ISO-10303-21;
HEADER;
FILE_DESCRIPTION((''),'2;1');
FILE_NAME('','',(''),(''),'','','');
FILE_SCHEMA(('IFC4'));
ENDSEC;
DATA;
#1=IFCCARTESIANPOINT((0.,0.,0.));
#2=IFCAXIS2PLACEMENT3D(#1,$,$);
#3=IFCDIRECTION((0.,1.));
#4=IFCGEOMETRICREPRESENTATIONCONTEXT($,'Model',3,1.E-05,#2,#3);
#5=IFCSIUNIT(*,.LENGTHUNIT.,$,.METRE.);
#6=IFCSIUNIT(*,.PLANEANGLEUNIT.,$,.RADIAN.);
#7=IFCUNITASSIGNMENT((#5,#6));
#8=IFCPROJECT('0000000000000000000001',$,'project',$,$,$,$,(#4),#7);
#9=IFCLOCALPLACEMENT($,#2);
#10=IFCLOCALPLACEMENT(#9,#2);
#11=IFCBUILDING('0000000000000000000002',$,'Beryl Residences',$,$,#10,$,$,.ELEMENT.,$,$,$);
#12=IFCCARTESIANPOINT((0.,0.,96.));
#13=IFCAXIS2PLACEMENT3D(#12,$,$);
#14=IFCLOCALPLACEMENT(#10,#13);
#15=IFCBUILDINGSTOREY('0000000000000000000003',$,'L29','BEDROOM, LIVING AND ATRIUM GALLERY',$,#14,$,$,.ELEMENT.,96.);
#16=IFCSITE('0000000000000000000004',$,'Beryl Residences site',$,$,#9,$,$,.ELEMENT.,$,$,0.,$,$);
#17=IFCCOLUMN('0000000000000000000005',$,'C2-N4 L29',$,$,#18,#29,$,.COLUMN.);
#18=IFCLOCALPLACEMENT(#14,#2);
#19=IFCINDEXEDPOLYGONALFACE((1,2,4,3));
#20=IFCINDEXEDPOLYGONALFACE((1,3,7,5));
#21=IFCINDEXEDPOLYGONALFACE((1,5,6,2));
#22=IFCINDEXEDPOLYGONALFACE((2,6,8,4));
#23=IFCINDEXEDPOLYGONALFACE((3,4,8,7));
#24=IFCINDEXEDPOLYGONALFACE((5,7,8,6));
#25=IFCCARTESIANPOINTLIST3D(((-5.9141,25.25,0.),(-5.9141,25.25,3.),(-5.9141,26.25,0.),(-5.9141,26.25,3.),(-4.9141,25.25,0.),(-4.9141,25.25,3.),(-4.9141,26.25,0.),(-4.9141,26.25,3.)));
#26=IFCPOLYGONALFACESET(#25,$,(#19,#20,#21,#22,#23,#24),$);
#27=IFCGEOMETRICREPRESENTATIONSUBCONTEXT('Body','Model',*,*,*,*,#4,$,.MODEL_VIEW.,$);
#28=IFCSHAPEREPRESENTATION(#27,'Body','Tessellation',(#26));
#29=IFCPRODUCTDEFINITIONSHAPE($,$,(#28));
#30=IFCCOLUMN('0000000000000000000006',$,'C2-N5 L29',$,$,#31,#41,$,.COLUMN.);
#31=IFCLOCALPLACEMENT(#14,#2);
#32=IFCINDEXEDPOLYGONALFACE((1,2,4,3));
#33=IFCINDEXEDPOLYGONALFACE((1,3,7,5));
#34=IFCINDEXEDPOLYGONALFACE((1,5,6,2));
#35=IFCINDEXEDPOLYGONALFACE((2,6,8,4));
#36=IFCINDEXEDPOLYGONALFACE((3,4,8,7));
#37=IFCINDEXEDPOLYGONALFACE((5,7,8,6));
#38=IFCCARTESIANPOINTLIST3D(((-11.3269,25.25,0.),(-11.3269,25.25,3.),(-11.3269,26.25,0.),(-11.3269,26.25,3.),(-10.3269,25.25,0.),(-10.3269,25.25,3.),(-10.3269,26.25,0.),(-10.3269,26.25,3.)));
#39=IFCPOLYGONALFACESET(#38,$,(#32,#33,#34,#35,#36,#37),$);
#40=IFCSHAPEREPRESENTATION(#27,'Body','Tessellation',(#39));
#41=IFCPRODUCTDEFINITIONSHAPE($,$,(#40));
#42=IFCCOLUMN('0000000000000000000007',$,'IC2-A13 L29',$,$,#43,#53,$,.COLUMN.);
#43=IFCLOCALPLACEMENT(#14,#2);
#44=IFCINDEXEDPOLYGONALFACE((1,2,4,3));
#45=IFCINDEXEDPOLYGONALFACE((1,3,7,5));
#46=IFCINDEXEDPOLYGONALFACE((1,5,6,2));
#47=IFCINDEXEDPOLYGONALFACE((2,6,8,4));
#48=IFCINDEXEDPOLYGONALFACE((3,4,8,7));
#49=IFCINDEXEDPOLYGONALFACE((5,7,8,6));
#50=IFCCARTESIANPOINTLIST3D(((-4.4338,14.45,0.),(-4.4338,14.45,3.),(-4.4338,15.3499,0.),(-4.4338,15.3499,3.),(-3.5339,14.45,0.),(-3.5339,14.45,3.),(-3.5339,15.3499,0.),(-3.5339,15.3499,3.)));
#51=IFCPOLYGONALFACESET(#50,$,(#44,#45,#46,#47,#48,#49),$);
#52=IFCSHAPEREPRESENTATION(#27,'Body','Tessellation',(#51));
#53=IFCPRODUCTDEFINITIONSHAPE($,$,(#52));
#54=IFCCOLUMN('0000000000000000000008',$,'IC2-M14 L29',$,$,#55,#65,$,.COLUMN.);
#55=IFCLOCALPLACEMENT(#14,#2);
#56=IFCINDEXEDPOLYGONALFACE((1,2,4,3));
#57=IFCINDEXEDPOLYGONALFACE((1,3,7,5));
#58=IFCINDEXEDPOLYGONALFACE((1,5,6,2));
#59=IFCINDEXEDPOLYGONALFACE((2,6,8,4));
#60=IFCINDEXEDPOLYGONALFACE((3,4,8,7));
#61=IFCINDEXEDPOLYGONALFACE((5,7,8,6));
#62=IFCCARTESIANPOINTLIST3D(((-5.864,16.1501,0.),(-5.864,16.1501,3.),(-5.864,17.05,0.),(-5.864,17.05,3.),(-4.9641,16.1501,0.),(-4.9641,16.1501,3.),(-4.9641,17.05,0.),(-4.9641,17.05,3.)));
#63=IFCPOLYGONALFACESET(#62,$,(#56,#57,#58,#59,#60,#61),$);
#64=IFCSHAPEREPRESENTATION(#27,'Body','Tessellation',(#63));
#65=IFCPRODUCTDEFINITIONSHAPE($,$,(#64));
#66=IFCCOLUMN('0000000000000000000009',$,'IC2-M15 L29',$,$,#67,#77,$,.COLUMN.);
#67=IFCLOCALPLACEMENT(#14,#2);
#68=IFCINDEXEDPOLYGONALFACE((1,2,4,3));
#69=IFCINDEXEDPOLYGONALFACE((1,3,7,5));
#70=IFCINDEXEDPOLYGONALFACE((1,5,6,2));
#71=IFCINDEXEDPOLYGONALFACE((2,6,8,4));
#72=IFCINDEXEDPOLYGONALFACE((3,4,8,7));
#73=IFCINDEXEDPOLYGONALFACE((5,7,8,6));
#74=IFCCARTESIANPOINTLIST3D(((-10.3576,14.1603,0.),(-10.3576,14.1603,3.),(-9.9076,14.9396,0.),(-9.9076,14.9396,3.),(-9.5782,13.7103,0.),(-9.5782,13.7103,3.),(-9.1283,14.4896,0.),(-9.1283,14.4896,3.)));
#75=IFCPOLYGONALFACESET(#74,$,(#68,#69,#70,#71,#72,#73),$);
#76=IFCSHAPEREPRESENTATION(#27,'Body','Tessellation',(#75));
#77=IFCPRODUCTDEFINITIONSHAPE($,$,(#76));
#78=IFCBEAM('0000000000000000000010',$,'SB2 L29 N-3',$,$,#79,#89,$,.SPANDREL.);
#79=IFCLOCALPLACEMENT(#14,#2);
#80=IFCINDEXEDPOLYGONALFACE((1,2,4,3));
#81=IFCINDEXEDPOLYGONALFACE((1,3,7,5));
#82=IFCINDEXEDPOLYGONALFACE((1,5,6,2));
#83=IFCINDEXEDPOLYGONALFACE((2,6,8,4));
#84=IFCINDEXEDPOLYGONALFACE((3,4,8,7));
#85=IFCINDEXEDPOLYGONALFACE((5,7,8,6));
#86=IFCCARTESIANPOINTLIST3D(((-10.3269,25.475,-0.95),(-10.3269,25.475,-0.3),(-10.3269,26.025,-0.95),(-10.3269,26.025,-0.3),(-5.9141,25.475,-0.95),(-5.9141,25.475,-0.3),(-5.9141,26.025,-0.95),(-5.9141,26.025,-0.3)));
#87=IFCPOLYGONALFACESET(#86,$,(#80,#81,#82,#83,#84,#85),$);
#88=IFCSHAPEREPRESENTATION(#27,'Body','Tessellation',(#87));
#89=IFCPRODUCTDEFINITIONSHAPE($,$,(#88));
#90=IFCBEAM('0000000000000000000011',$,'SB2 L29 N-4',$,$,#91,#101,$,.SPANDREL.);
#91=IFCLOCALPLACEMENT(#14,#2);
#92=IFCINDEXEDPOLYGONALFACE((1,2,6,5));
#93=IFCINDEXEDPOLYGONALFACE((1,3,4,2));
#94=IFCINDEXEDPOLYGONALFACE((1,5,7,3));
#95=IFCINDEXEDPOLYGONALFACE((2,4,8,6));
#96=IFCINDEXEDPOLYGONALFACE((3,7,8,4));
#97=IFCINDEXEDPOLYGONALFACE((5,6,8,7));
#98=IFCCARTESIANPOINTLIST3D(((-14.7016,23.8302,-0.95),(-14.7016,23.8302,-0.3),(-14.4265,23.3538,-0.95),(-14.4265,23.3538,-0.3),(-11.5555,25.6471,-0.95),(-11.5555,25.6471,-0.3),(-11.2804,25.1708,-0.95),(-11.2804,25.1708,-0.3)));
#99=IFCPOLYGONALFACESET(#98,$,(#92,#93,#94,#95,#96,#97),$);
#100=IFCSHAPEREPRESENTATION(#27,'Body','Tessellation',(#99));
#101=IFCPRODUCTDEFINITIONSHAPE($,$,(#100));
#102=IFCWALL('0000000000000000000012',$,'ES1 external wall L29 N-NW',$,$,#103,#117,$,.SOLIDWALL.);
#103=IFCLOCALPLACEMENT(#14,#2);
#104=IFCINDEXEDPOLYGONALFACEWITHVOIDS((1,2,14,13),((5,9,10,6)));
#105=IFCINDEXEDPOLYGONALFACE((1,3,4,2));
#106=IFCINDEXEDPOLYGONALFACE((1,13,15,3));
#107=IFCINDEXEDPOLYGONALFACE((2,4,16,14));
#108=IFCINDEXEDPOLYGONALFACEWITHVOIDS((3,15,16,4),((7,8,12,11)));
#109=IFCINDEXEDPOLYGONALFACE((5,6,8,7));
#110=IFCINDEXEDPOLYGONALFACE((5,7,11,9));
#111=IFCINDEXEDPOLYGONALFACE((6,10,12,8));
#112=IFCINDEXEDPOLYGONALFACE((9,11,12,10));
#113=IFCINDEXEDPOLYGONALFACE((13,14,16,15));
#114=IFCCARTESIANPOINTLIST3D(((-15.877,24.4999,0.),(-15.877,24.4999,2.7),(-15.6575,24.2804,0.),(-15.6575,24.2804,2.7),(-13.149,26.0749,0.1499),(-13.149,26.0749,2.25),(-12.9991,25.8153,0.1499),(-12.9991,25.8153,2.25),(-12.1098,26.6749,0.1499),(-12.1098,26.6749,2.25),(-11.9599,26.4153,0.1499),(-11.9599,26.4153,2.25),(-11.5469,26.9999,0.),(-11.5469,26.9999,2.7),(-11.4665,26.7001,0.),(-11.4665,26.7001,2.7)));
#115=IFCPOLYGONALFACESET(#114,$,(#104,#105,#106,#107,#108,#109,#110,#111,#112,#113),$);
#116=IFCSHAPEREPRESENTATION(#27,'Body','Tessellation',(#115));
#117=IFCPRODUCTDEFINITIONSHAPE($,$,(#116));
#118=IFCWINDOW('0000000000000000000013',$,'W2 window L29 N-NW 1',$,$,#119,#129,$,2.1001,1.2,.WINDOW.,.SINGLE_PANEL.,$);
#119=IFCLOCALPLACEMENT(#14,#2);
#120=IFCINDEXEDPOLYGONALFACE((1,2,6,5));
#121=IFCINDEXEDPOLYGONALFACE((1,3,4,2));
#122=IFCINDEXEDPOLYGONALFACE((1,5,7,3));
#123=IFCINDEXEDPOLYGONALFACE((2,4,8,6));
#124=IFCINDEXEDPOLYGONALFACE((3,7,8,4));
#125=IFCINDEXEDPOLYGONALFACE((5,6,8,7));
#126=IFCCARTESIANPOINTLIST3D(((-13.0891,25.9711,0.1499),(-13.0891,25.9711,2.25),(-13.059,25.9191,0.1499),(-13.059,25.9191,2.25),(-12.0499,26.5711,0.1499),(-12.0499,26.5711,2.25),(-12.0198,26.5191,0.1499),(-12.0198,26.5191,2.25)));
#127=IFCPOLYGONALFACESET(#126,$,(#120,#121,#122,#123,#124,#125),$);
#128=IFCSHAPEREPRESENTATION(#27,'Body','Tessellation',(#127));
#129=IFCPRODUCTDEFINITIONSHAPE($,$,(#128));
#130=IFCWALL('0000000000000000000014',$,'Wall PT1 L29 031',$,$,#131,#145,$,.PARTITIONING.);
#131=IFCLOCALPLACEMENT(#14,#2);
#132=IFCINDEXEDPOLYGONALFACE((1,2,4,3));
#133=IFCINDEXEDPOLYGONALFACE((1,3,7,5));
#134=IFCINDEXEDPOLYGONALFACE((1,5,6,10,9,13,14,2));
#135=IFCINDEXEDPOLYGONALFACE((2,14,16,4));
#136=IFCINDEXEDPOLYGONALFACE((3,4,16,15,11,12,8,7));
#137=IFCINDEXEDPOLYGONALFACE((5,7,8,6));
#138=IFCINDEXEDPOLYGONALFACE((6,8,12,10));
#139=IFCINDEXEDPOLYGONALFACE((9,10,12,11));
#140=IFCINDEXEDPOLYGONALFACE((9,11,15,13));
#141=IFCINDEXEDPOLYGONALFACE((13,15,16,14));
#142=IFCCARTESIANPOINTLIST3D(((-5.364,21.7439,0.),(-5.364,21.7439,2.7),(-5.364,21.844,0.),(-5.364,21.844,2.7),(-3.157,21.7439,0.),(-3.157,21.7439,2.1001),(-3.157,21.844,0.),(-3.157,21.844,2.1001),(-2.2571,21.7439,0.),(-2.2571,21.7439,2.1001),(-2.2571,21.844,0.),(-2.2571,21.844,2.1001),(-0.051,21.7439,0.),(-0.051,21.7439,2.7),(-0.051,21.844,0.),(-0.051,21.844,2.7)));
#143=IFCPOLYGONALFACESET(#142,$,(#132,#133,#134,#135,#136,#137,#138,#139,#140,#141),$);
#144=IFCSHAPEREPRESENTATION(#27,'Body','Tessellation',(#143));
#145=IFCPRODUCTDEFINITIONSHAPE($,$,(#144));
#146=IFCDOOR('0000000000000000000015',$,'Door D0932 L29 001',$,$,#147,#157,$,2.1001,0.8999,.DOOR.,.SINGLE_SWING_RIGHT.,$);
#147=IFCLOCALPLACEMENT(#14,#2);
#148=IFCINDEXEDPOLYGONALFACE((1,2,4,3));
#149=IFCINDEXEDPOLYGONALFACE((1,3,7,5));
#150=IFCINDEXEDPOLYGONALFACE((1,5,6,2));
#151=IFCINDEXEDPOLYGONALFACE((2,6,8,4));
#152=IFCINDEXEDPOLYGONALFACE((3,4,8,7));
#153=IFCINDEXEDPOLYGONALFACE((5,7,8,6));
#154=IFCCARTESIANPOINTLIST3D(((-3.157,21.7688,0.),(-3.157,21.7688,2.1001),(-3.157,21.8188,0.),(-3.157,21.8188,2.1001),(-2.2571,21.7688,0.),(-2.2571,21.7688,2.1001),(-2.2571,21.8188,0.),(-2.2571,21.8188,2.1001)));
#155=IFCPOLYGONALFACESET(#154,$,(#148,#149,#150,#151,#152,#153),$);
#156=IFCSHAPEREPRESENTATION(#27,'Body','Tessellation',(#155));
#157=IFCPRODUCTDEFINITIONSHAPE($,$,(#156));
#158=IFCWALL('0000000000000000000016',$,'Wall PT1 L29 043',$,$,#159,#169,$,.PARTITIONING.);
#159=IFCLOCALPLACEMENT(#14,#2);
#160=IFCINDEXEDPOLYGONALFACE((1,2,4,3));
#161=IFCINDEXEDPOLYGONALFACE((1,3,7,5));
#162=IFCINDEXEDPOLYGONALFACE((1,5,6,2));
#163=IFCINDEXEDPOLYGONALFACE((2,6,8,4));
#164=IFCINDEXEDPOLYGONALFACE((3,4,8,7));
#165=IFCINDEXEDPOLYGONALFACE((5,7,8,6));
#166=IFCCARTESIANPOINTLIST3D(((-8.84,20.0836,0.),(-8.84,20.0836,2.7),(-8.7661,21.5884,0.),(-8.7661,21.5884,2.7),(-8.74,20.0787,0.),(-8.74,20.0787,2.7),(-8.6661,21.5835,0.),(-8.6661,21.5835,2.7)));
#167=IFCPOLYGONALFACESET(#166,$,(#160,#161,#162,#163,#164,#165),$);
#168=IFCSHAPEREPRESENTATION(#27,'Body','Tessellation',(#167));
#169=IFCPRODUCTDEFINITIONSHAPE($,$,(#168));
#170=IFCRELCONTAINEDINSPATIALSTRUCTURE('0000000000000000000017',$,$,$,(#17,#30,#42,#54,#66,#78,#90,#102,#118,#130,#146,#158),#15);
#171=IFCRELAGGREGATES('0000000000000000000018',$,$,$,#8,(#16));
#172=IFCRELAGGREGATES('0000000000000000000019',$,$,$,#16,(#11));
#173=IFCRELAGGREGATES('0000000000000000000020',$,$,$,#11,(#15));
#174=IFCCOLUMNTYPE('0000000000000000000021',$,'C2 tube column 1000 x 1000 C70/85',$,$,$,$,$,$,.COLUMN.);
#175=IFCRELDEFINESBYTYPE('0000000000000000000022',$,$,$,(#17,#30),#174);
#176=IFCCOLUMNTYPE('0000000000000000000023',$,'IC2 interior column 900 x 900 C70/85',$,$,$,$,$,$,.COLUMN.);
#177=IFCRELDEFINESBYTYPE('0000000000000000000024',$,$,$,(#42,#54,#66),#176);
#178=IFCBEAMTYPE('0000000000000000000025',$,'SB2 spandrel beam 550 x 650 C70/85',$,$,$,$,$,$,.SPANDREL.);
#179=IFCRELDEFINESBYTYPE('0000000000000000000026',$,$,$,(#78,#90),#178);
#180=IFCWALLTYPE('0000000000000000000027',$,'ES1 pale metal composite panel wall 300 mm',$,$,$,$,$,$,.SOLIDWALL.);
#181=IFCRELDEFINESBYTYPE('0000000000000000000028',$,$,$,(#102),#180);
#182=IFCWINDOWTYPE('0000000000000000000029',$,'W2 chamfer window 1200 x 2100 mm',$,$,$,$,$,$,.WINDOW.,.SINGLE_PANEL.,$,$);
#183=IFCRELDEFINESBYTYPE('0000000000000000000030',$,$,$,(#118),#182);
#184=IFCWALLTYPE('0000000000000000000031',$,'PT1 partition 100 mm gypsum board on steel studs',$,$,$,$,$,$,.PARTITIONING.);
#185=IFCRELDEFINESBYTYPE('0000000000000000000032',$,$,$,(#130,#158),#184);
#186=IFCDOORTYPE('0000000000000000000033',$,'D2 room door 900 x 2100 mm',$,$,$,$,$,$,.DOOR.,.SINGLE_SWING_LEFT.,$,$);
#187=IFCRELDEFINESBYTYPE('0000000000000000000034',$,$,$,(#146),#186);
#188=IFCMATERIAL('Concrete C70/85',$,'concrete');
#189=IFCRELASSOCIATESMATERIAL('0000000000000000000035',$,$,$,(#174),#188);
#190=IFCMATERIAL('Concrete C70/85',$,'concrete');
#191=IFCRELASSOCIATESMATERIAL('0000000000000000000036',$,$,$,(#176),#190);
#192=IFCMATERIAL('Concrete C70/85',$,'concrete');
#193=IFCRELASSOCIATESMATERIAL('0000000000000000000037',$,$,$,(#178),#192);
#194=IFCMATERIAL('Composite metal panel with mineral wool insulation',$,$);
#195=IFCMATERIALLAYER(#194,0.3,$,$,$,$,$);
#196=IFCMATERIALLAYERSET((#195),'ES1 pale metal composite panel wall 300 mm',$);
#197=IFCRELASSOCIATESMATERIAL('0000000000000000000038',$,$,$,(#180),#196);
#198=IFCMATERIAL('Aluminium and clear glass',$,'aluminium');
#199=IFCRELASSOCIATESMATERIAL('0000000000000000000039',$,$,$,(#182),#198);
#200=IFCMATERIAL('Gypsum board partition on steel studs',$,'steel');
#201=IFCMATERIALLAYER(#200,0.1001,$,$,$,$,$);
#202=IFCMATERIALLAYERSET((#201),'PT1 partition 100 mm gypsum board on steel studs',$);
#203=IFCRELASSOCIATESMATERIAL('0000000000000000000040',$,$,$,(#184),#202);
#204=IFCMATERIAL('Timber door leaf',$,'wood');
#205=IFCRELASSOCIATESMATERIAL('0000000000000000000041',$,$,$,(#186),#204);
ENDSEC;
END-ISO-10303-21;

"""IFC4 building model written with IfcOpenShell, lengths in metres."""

from ifc_helpers import new_model, si_unit, direction, frame, frame_2d, origin, origin_2d, place, context, subcontext, project, spatial, polyline, rectangle, outline, extrude, material, layer, layer_set, material_profile, profile_set, type_object, element, fill, save


model = new_model("IFC4")

# Units and contexts
model_context = context("Model", 3, precision=1e-05, world=origin(), true_north=direction((0.0, 1.0)))
body_context = subcontext(model_context, "Body", "Model", "MODEL_VIEW")
ifc_project = project(units=[si_unit("LENGTHUNIT", "METRE"), si_unit("PLANEANGLEUNIT", "RADIAN")], contexts=[model_context])

# Site, building, storey
site_placement = place(None, origin())
site = spatial("IfcSite", under=ifc_project, at=site_placement, Name="Beryl Residences site", CompositionType="ELEMENT", RefElevation=0.0)
building_placement = place(site_placement, origin())
building = spatial("IfcBuilding", under=site, at=building_placement, Name="Beryl Residences", CompositionType="ELEMENT")
storey_placement = place(building_placement, frame((0.0, 0.0, 96.0)))
storey = spatial("IfcBuildingStorey", under=building, at=storey_placement, Name="L29", Description="BEDROOM, LIVING AND ATRIUM GALLERY", CompositionType="ELEMENT", Elevation=96.0)

# Columns
ifc_material_1 = material(Name="Concrete C70/85", Category="concrete")
ifc_material_profile_1 = material_profile(ifc_material_1, rectangle(XDim=1.0, YDim=1.0, at=origin_2d()))
ifc_profile_set_1 = profile_set([ifc_material_profile_1], Name="Concrete C70/85")
column_type_1 = type_object("IfcColumnType", Name="C2 tube column 1000 x 1000 C70/85", PredefinedType="COLUMN", material=ifc_profile_set_1)
for number, where, z_axis, x_axis, name in (
    (1, (-5.4141, 25.75, 0.0), (0.0, 0.0, 1.0), (-1.0, 0.0, 0.0), "C2-N4 L29"),
    (2, (-10.8269, 25.75, 0.0), (0.0, 0.0, 1.0), (-1.0, 0.0, 0.0), "C2-N5 L29"),
):
    element("IfcColumn", number, at=place(storey_placement, frame(where, z_axis=z_axis, x_axis=x_axis)), inside=storey, type_object=column_type_1, Name=name, PredefinedType="COLUMN", context=body_context, shape_type="SweptSolid", body=[
        extrude(rectangle(XDim=1.0, YDim=1.0, at=origin_2d()), origin(), (0.0, 0.0, 1.0), 3.0),
    ])
ifc_material_2 = material(Name="Concrete C70/85", Category="concrete")
ifc_material_profile_2 = material_profile(ifc_material_2, rectangle(XDim=0.8999, YDim=0.8999, at=origin_2d()))
ifc_profile_set_2 = profile_set([ifc_material_profile_2], Name="Concrete C70/85")
column_type_2 = type_object("IfcColumnType", Name="IC2 interior column 900 x 900 C70/85", PredefinedType="COLUMN", material=ifc_profile_set_2)
for number, where, z_axis, x_axis, name in (
    (3, (-3.9839, 14.8999, 0.0), (0.0, 0.0, 1.0), (1.0, 0.0, 0.0), "IC2-A13 L29"),
    (4, (-5.4141, 16.6001, 0.0), (0.0, 0.0, 1.0), (-1.0, 0.0, 0.0), "IC2-M14 L29"),
    (5, (-9.7429, 14.325, 0.0), (0.0, 0.0, 1.0), (-0.5, -0.866025, 0.0), "IC2-M15 L29"),
):
    element("IfcColumn", number, at=place(storey_placement, frame(where, z_axis=z_axis, x_axis=x_axis)), inside=storey, type_object=column_type_2, Name=name, PredefinedType="COLUMN", context=body_context, shape_type="SweptSolid", body=[
        extrude(rectangle(XDim=0.8999, YDim=0.8999, at=origin_2d()), origin(), (0.0, 0.0, 1.0), 3.0),
    ])

# Beams
ifc_material_3 = material(Name="Concrete C70/85", Category="concrete")
ifc_material_profile_3 = material_profile(ifc_material_3, rectangle(XDim=0.55, YDim=0.6499, at=origin_2d()))
ifc_profile_set_3 = profile_set([ifc_material_profile_3], Name="Concrete C70/85")
beam_type = type_object("IfcBeamType", Name="SB2 spandrel beam 550 x 650 C70/85", PredefinedType="SPANDREL", material=ifc_profile_set_3)
beam_1_placement = place(storey_placement, frame((-5.9141, 25.75, -0.625), z_axis=(-1.0, 0.0, 0.0), x_axis=(0.0, -1.0, 0.0)))
element("IfcBeam", 6, at=beam_1_placement, inside=storey, type_object=beam_type, Name="SB2 L29 N-3", PredefinedType="SPANDREL", context=body_context, shape_type="SweptSolid", body=[
    extrude(rectangle(XDim=0.55, YDim=0.6499, at=origin_2d()), origin(), (0.0, 0.0, 1.0), 4.4128),
])
beam_2_placement = place(storey_placement, frame((-11.418, 25.4089, -0.625), z_axis=(-0.86596, -0.500114, 0.0), x_axis=(0.500114, -0.86596, 0.0)))
element("IfcBeam", 7, at=beam_2_placement, inside=storey, type_object=beam_type, Name="SB2 L29 N-4", PredefinedType="SPANDREL", context=body_context, shape_type="SweptSolid", body=[
    extrude(rectangle(XDim=0.55, YDim=0.6499, at=origin_2d()), origin(), (0.0, 0.0, 1.0), 3.6331),
])

# Wall, opening, window
ifc_material_4 = material(Name="Composite metal panel with mineral wool insulation")
ifc_layer_1 = layer(ifc_material_4, 0.3)
ifc_layer_set_1 = layer_set([ifc_layer_1], Name="ES1 pale metal composite panel wall 300 mm")
wall_type_1 = type_object("IfcWallType", Name="ES1 pale metal composite panel wall 300 mm", PredefinedType="SOLIDWALL", material=ifc_layer_set_1)
wall_1_placement = place(storey_placement, frame((-11.4719, 26.8701, 0.0), z_axis=(0.0, 0.0, 1.0), x_axis=(-0.866023, -0.500004, 0.0)))
wall_1 = element("IfcWall", 8, at=wall_1_placement, inside=storey, type_object=wall_type_1, Name="ES1 external wall L29 N-NW", PredefinedType="SOLIDWALL", context=body_context, shape_type="SweptSolid", body=[
    extrude(outline(polyline([(0.0, -0.1499), (5.0, -0.1499), (4.9197, 0.1499), (0.0803, 0.1499), (0.0, -0.1499)])), origin(), (0.0, 0.0, 1.0), 2.7),
])
opening_1_placement = place(wall_1_placement, frame((0.6499, 0.0, 0.1499)))
opening_1 = element("IfcOpeningElement", 9, at=opening_1_placement, cuts=wall_1, PredefinedType="OPENING", context=body_context, shape_type="SweptSolid", body=[
    extrude(rectangle(XDim=1.2, YDim=2.1001, at=frame_2d((0.6001, 1.05))), frame((0.0, 0.1599, 0.0), z_axis=(0.0, -1.0, 0.0), x_axis=(1.0, 0.0, 0.0)), (0.0, 0.0, 1.0), 0.3201),
])
ifc_material_5 = material(Name="Aluminium and clear glass", Category="aluminium")
window_type = type_object("IfcWindowType", Name="W2 chamfer window 1200 x 2100 mm", PartitioningType="SINGLE_PANEL", PredefinedType="WINDOW", material=ifc_material_5)
window_placement = place(opening_1_placement, origin())
window = element("IfcWindow", 10, at=window_placement, inside=storey, type_object=window_type, Name="W2 window L29 N-NW 1", OverallHeight=2.1001, OverallWidth=1.2, PartitioningType="SINGLE_PANEL", PredefinedType="WINDOW", context=body_context, shape_type="SweptSolid", body=[
    extrude(rectangle(XDim=1.2, YDim=2.1001, at=frame_2d((0.6001, 1.05))), frame((0.0, 0.03, 0.0), z_axis=(0.0, -1.0, 0.0), x_axis=(1.0, 0.0, 0.0)), (0.0, 0.0, 1.0), 0.0601),
])
fill(opening_1, window)

# Wall, opening, door
ifc_material_6 = material(Name="Gypsum board partition on steel studs", Category="steel")
ifc_layer_2 = layer(ifc_material_6, 0.1001)
ifc_layer_set_2 = layer_set([ifc_layer_2], Name="PT1 partition 100 mm gypsum board on steel studs")
wall_type_2 = type_object("IfcWallType", Name="PT1 partition 100 mm gypsum board on steel studs", PredefinedType="PARTITIONING", material=ifc_layer_set_2)
wall_2_placement = place(storey_placement, frame((-5.364, 21.7939, 0.0), z_axis=(0.0, 0.0, 1.0), x_axis=(1.0, 0.0, 0.0)))
wall_2 = element("IfcWall", 11, at=wall_2_placement, inside=storey, type_object=wall_type_2, Name="Wall PT1 L29 031", PredefinedType="PARTITIONING", context=body_context, shape_type="SweptSolid", body=[
    extrude(rectangle(XDim=5.313, YDim=0.1001, at=frame_2d((2.6565, 0.0))), origin(), (0.0, 0.0, 1.0), 2.7),
])
opening_2_placement = place(wall_2_placement, frame((2.207, 0.0, 0.0)))
opening_2 = element("IfcOpeningElement", 12, at=opening_2_placement, cuts=wall_2, PredefinedType="OPENING", context=body_context, shape_type="SweptSolid", body=[
    extrude(rectangle(XDim=0.8999, YDim=2.1001, at=frame_2d((0.45, 1.05))), frame((0.0, 0.0601, 0.0), z_axis=(0.0, -1.0, 0.0), x_axis=(1.0, 0.0, 0.0)), (0.0, 0.0, 1.0), 0.1201),
])
ifc_material_7 = material(Name="Timber door leaf", Category="wood")
door_type_1 = type_object("IfcDoorType", Name="D2 room door 900 x 2100 mm", OperationType="SINGLE_SWING_LEFT", PredefinedType="DOOR", material=ifc_material_7)
door_1_placement = place(opening_2_placement, origin())
door_1 = element("IfcDoor", 13, at=door_1_placement, inside=storey, type_object=door_type_1, Name="Door D0932 L29 001", OperationType="SINGLE_SWING_RIGHT", OverallHeight=2.1001, OverallWidth=0.8999, PredefinedType="DOOR", context=body_context, shape_type="SweptSolid", body=[
    extrude(rectangle(XDim=0.8999, YDim=2.1001, at=frame_2d((0.45, 1.05))), frame((0.0, 0.0249, 0.0), z_axis=(0.0, -1.0, 0.0), x_axis=(1.0, 0.0, 0.0)), (0.0, 0.0, 1.0), 0.05),
])
fill(opening_2, door_1)

# Wall
wall_3_placement = place(storey_placement, frame((-8.79, 20.0811, 0.0), z_axis=(0.0, 0.0, 1.0), x_axis=(0.049097, 0.998794, 0.0)))
element("IfcWall", 14, at=wall_3_placement, inside=storey, type_object=wall_type_2, Name="Wall PT1 L29 043", PredefinedType="PARTITIONING", context=body_context, shape_type="SweptSolid", body=[
    extrude(rectangle(XDim=1.5066, YDim=0.1001, at=frame_2d((0.7534, 0.0))), origin(), (0.0, 0.0, 1.0), 2.7),
])

save(model, "model.ifc")
